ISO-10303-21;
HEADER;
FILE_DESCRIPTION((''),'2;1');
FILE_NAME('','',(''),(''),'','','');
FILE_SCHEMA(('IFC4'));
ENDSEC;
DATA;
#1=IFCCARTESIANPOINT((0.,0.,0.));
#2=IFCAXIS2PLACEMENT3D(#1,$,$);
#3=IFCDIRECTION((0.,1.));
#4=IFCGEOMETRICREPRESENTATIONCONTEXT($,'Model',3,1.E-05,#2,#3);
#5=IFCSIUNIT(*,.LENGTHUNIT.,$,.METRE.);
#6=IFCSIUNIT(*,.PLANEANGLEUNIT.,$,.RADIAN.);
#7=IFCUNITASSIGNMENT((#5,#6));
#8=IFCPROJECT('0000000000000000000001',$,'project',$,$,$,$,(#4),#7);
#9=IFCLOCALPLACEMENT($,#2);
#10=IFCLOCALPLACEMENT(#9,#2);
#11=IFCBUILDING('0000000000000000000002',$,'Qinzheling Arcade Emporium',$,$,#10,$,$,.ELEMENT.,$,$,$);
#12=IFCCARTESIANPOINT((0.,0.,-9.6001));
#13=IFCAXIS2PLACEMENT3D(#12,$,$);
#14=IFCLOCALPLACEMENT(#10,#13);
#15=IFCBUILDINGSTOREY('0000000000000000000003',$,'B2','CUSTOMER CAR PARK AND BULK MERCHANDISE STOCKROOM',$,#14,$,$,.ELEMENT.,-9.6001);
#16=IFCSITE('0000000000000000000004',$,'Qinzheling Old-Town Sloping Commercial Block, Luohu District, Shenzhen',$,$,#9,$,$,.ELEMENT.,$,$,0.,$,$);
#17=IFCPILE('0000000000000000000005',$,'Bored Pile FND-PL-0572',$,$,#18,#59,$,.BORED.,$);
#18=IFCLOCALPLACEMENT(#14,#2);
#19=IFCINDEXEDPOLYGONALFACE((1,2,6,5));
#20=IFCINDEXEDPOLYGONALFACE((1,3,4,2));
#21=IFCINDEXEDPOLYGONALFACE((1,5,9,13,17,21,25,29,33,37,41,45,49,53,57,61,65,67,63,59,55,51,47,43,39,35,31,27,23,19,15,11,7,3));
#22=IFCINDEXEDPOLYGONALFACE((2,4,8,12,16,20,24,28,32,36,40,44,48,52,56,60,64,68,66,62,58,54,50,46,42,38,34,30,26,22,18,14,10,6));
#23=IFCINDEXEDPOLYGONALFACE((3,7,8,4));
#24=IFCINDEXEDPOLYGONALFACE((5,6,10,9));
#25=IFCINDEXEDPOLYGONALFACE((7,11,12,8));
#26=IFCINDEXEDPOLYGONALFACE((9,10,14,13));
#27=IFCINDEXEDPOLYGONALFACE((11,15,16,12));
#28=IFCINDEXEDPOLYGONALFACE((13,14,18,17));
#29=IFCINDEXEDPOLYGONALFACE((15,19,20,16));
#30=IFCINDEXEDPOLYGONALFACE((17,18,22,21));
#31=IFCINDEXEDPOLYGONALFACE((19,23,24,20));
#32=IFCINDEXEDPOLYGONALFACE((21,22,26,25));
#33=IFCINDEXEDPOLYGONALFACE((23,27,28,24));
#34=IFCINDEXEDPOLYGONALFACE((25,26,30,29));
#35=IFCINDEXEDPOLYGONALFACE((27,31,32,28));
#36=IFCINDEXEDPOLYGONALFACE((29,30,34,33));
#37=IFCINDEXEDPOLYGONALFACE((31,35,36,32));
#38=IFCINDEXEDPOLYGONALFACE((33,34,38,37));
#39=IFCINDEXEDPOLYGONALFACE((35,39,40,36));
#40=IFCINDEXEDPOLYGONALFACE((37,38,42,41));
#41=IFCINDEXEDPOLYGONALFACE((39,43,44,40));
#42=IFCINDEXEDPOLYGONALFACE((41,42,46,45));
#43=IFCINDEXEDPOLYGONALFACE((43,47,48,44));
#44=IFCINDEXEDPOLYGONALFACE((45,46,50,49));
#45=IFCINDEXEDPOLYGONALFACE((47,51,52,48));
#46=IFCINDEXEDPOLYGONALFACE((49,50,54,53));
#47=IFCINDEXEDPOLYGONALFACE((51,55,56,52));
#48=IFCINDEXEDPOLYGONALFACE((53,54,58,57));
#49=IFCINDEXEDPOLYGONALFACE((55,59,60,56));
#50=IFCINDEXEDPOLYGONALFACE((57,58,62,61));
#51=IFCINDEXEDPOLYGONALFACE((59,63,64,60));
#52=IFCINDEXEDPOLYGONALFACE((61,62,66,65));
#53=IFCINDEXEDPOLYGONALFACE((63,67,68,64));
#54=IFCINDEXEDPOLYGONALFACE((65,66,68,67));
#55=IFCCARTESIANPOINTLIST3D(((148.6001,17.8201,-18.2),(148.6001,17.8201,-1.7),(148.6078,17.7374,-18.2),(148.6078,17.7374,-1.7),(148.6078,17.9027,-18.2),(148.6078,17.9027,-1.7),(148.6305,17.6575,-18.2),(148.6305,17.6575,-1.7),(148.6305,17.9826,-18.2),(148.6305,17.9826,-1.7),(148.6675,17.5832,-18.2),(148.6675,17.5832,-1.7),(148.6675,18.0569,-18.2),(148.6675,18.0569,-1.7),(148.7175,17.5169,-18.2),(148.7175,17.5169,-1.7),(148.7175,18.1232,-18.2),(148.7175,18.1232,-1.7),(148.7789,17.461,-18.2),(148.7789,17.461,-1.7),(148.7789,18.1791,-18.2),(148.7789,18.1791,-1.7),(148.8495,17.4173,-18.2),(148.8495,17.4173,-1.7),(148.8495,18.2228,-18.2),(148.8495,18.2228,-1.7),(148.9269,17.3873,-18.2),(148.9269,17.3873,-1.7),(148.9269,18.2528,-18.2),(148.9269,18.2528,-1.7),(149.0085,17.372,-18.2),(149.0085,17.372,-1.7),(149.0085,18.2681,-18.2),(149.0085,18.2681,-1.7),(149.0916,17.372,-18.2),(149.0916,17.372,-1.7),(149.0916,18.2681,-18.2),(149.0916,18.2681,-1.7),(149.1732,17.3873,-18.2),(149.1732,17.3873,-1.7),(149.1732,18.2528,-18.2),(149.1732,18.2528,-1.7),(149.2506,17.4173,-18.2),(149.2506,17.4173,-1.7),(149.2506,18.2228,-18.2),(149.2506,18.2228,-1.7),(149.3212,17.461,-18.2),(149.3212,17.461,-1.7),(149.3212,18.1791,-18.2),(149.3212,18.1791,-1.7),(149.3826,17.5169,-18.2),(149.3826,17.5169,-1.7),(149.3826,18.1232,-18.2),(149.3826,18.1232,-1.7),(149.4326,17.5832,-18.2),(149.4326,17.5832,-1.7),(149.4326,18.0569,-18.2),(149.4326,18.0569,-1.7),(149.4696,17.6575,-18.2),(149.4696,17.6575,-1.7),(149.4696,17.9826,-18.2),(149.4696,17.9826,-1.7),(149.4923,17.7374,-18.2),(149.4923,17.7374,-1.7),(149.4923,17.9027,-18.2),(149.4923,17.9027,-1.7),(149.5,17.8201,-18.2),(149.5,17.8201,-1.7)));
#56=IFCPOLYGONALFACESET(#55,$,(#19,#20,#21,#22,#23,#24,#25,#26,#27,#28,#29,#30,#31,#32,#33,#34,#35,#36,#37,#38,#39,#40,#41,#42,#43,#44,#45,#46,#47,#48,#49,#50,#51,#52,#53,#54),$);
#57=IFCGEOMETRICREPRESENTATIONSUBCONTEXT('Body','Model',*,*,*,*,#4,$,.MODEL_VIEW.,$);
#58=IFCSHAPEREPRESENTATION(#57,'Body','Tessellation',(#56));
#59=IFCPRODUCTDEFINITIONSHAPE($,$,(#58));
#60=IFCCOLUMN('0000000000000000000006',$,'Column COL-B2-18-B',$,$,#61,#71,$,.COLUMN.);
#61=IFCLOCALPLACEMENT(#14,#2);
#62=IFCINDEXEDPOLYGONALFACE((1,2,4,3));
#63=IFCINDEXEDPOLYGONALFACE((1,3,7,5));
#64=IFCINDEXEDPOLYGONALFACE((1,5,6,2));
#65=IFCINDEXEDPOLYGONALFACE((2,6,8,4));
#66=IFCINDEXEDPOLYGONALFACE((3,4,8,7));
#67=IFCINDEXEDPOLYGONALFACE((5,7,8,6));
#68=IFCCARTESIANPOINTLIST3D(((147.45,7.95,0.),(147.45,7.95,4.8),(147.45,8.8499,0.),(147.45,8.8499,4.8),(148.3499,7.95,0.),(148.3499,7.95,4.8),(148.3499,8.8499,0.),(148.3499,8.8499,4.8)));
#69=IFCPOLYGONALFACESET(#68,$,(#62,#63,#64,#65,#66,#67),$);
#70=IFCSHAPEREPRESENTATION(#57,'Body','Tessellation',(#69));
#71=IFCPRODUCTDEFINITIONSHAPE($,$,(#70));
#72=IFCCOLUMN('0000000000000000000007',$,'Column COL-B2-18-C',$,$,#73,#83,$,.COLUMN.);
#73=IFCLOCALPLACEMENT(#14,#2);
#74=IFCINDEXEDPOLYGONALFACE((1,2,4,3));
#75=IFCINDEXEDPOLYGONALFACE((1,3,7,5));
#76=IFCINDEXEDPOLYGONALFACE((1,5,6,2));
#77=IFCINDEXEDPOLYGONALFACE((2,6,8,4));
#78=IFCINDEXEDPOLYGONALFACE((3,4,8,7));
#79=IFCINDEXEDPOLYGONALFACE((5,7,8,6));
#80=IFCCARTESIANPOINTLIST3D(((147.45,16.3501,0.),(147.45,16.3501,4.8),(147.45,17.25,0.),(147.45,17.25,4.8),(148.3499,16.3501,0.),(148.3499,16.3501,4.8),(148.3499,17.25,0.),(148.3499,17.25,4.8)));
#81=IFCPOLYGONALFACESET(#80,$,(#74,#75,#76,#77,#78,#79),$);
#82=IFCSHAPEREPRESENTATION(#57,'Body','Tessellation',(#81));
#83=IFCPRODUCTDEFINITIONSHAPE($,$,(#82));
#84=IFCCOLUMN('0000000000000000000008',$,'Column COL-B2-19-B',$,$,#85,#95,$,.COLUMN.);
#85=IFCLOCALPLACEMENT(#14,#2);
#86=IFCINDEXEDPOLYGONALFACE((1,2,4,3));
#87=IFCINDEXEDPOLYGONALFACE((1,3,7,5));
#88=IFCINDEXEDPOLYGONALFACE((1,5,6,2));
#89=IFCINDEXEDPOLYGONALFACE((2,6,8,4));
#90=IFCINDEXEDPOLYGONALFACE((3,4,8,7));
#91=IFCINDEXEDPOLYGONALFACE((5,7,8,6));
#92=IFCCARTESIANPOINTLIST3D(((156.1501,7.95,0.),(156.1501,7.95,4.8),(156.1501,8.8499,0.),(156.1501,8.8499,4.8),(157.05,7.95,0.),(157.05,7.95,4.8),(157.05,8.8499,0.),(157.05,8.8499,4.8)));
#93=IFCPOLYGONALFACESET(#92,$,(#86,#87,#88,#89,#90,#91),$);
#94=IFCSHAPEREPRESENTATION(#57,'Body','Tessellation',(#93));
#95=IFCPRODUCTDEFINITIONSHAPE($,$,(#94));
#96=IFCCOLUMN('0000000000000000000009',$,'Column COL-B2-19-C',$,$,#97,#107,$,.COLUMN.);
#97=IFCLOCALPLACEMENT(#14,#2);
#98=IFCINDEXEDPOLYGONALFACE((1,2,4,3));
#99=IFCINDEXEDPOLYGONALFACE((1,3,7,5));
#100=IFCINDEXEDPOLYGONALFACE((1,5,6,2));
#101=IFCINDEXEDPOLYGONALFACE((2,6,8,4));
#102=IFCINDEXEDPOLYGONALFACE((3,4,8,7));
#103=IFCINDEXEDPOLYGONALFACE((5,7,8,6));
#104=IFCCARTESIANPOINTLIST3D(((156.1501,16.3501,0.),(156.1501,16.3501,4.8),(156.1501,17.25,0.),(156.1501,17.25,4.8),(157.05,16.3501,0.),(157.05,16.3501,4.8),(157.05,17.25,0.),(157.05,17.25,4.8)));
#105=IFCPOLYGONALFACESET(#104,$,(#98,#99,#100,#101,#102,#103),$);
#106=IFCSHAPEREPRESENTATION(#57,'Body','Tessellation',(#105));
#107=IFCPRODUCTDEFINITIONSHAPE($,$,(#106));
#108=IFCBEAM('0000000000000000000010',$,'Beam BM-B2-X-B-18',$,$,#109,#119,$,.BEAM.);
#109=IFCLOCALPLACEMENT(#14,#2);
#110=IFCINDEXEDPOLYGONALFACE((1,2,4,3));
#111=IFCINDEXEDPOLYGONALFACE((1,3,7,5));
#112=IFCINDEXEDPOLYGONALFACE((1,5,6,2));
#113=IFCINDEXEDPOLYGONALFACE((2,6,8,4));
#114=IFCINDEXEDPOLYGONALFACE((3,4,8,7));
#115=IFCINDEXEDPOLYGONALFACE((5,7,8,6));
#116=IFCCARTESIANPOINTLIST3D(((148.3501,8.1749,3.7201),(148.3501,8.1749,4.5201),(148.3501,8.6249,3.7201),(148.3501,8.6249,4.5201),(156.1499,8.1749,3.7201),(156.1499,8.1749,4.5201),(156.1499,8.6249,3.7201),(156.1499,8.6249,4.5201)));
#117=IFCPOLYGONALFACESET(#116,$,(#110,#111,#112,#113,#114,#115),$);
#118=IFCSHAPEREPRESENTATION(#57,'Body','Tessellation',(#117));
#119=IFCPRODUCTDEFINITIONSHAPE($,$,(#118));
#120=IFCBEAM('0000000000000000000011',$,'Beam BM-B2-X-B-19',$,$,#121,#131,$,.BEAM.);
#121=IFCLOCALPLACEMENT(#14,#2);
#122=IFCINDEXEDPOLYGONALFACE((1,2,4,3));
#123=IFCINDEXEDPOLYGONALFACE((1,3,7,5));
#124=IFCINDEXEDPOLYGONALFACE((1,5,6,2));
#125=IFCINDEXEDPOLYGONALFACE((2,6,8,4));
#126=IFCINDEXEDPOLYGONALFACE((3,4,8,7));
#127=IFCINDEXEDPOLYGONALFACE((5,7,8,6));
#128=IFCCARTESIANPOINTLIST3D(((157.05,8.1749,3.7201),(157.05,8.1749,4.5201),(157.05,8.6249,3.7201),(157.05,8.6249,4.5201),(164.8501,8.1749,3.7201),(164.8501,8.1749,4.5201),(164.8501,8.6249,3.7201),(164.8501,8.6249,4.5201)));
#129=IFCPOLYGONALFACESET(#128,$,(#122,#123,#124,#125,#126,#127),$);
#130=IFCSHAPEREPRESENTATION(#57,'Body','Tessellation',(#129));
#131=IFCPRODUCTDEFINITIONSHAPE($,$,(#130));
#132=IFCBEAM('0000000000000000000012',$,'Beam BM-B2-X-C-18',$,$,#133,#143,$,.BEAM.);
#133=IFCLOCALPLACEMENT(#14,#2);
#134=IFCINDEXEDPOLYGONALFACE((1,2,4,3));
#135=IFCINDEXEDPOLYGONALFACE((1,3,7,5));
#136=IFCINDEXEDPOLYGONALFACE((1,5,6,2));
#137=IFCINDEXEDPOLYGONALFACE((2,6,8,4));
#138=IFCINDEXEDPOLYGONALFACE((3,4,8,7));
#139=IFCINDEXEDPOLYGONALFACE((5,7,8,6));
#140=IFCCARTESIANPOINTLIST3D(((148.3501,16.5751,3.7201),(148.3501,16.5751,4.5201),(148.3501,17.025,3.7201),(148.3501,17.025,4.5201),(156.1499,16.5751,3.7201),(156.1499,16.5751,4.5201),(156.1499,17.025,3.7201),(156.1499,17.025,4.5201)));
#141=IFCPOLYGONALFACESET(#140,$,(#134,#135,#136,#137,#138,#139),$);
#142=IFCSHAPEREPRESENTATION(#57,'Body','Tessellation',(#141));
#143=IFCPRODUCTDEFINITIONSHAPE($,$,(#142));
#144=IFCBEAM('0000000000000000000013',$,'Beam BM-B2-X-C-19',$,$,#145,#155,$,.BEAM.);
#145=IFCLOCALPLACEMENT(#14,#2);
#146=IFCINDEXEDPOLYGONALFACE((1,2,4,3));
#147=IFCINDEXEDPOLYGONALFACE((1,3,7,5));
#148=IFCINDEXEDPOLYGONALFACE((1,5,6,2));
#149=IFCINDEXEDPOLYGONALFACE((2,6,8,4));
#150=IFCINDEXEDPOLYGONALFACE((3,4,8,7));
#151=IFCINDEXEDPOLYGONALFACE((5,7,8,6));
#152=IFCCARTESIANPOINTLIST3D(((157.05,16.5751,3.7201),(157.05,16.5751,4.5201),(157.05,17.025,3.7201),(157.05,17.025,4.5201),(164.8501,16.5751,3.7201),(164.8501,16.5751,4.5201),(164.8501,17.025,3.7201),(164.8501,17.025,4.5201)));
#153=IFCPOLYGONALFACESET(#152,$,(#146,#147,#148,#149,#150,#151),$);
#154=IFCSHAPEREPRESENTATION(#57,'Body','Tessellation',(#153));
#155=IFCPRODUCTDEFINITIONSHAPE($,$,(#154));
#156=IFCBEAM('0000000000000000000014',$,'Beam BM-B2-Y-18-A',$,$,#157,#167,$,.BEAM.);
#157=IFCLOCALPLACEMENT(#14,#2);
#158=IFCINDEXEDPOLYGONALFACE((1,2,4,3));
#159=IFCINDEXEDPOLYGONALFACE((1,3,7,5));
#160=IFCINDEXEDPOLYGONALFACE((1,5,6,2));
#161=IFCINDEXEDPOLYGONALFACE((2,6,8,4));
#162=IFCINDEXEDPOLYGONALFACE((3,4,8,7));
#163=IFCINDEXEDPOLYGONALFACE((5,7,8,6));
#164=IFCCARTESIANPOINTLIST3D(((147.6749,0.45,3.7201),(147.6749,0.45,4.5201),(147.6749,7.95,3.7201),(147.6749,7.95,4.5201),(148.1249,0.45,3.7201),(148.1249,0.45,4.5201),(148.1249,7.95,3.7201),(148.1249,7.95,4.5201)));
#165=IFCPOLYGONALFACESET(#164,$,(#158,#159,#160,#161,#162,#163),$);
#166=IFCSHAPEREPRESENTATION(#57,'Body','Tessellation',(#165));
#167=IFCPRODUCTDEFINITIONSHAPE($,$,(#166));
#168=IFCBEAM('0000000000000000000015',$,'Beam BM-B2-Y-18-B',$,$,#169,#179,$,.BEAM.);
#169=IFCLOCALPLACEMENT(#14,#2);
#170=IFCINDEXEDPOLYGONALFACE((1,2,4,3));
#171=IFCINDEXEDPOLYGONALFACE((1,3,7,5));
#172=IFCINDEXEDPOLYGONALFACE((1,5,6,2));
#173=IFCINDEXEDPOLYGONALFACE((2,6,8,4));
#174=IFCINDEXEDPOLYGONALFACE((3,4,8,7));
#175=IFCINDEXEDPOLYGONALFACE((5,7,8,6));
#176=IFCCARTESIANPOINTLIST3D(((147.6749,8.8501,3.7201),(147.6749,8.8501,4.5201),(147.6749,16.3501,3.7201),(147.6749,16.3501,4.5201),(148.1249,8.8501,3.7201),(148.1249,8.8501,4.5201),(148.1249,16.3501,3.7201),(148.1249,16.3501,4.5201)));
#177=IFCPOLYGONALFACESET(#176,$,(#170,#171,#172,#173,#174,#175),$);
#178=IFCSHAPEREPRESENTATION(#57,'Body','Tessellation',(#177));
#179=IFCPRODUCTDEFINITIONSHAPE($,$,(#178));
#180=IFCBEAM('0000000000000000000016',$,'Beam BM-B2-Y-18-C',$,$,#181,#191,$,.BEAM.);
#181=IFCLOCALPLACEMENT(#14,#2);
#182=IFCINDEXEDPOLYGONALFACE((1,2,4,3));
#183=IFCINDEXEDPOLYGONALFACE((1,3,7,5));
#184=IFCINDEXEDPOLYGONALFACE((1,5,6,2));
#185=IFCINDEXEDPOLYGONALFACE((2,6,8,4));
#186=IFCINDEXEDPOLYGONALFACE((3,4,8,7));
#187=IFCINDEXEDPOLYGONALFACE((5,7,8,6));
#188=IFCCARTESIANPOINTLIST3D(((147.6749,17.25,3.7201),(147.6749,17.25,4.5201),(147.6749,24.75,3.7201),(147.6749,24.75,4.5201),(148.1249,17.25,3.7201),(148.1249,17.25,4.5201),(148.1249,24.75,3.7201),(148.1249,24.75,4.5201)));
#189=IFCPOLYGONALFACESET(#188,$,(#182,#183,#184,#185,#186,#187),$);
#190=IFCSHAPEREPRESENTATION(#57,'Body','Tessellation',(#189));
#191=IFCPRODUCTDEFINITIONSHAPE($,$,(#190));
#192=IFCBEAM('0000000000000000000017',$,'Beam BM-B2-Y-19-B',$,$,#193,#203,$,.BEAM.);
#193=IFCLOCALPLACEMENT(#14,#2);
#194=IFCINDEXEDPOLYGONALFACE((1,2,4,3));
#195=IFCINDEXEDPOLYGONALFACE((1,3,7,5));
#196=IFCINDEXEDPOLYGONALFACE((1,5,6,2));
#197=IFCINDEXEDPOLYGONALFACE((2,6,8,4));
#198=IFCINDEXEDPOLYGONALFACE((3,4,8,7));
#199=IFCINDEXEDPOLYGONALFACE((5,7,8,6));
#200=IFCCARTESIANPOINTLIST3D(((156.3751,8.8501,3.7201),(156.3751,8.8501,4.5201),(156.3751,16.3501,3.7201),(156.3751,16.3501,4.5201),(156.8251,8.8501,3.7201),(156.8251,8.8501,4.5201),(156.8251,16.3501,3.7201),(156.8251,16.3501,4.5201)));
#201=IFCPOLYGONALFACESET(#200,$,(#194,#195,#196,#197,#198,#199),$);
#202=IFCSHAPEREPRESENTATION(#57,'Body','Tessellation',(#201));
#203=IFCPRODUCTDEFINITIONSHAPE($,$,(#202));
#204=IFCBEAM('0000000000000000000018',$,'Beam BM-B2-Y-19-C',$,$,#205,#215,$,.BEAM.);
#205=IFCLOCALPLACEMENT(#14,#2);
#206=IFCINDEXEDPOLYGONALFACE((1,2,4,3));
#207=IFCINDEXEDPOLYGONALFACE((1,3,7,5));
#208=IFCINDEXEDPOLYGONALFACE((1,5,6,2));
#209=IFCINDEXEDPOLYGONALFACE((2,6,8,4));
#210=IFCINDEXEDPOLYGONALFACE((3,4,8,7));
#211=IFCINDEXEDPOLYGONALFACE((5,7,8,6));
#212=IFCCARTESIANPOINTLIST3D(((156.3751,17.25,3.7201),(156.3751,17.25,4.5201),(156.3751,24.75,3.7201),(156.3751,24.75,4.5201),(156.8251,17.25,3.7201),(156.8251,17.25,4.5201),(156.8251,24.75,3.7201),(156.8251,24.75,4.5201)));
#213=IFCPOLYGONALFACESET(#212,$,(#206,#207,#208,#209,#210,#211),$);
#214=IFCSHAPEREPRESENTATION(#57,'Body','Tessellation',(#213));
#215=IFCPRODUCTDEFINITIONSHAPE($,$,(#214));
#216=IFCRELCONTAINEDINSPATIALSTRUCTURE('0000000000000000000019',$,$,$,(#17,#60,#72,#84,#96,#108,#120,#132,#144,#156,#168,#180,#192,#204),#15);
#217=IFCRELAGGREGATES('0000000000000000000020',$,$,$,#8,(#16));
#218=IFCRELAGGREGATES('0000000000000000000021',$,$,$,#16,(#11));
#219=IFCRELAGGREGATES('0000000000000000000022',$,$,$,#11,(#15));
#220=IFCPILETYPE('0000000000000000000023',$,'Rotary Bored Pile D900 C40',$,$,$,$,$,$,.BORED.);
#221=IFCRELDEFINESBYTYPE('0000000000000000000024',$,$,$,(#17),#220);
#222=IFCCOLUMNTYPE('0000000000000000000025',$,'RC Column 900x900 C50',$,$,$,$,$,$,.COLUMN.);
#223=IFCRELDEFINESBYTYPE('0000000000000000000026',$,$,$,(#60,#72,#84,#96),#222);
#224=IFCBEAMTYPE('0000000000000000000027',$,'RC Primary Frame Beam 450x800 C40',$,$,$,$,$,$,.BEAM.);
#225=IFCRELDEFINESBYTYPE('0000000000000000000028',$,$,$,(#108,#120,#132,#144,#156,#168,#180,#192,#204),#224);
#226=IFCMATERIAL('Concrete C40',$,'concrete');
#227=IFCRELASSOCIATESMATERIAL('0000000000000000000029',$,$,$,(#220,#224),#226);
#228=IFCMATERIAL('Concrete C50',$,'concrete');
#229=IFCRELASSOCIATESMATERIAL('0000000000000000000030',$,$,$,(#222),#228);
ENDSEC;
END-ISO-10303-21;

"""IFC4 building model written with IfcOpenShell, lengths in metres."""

from ifc_helpers import new_model, si_unit, direction, frame, origin, origin_2d, place, context, subcontext, project, spatial, rectangle, circle, extrude, material, material_profile, profile_set, type_object, element, save


model = new_model("IFC4")

# Units and contexts
model_context = context("Model", 3, precision=1e-05, world=origin(), true_north=direction((0.0, 1.0)))
body_context = subcontext(model_context, "Body", "Model", "MODEL_VIEW")
ifc_project = project(units=[si_unit("LENGTHUNIT", "METRE"), si_unit("PLANEANGLEUNIT", "RADIAN")], contexts=[model_context])

# Site, building, storey
site_placement = place(None, origin())
site = spatial("IfcSite", under=ifc_project, at=site_placement, Name="Qinzheling Old-Town Sloping Commercial Block, Luohu District, Shenzhen", CompositionType="ELEMENT", RefElevation=0.0)
building_placement = place(site_placement, origin())
building = spatial("IfcBuilding", under=site, at=building_placement, Name="Qinzheling Arcade Emporium", CompositionType="ELEMENT")
storey_placement = place(building_placement, frame((0.0, 0.0, -9.6001)))
storey = spatial("IfcBuildingStorey", under=building, at=storey_placement, Name="B2", Description="CUSTOMER CAR PARK AND BULK MERCHANDISE STOCKROOM", CompositionType="ELEMENT", Elevation=-9.6001)

# Shared definitions
ifc_material_1 = material(Name="Concrete C40", Category="concrete")

# Pile
ifc_material_profile_1 = material_profile(ifc_material_1, circle(Radius=0.45, at=origin_2d()), Name="BORED D900", Category="concrete")
ifc_profile_set_1 = profile_set([ifc_material_profile_1], Name="Concrete C40")
pile_type = type_object("IfcPileType", Name="Rotary Bored Pile D900 C40", PredefinedType="BORED", material=ifc_profile_set_1)
for number, where, z_axis, x_axis, name in (
    (1, (149.05, 17.8201, -1.7), (0.0, 0.0, -1.0), (1.0, 0.0, 0.0), "Bored Pile FND-PL-0572"),
):
    element("IfcPile", number, at=place(storey_placement, frame(where, z_axis=z_axis, x_axis=x_axis)), inside=storey, type_object=pile_type, Name=name, PredefinedType="BORED", context=body_context, shape_type="SweptSolid", body=[
        extrude(circle(Radius=0.45, at=origin_2d()), origin(), (0.0, 0.0, 1.0), 16.5),
    ])

# Columns
ifc_material_2 = material(Name="Concrete C50", Category="concrete")
ifc_material_profile_2 = material_profile(ifc_material_2, rectangle(XDim=0.8999, YDim=0.8999, at=origin_2d()), Name="RC 900x900", Category="concrete")
ifc_profile_set_2 = profile_set([ifc_material_profile_2], Name="Concrete C50")
column_type = type_object("IfcColumnType", Name="RC Column 900x900 C50", PredefinedType="COLUMN", material=ifc_profile_set_2)
for number, where, z_axis, x_axis, name in (
    (2, (147.8999, 8.3999, 0.0), (0.0, 0.0, 1.0), (1.0, 0.0, 0.0), "Column COL-B2-18-B"),
    (3, (147.8999, 16.8, 0.0), (0.0, 0.0, 1.0), (1.0, 0.0, 0.0), "Column COL-B2-18-C"),
    (4, (156.6001, 8.3999, 0.0), (0.0, 0.0, 1.0), (1.0, 0.0, 0.0), "Column COL-B2-19-B"),
    (5, (156.6001, 16.8, 0.0), (0.0, 0.0, 1.0), (1.0, 0.0, 0.0), "Column COL-B2-19-C"),
):
    element("IfcColumn", number, at=place(storey_placement, frame(where, z_axis=z_axis, x_axis=x_axis)), inside=storey, type_object=column_type, Name=name, PredefinedType="COLUMN", context=body_context, shape_type="SweptSolid", body=[
        extrude(rectangle(XDim=0.8999, YDim=0.8999, at=origin_2d()), origin(), (0.0, 0.0, 1.0), 4.8),
    ])

# Beams
ifc_material_profile_3 = material_profile(ifc_material_1, rectangle(XDim=0.45, YDim=0.8, at=origin_2d()), Name="RC 450x800", Category="concrete")
ifc_profile_set_3 = profile_set([ifc_material_profile_3], Name="Concrete C40")
beam_type_1 = type_object("IfcBeamType", Name="RC Primary Frame Beam 450x800 C40", PredefinedType="BEAM", material=ifc_profile_set_3)
beam_1_placement = place(storey_placement, frame((148.3501, 8.3999, 4.1201), z_axis=(1.0, 0.0, 0.0), x_axis=(0.0, 1.0, 0.0)))
element("IfcBeam", 6, at=beam_1_placement, inside=storey, type_object=beam_type_1, Name="Beam BM-B2-X-B-18", PredefinedType="BEAM", context=body_context, shape_type="SweptSolid", body=[
    extrude(rectangle(XDim=0.45, YDim=0.8, at=origin_2d()), origin(), (0.0, 0.0, 1.0), 7.7998),
])
beam_2_placement = place(storey_placement, frame((157.05, 8.3999, 4.1201), z_axis=(1.0, 0.0, 0.0), x_axis=(0.0, 1.0, 0.0)))
element("IfcBeam", 7, at=beam_2_placement, inside=storey, type_object=beam_type_1, Name="Beam BM-B2-X-B-19", PredefinedType="BEAM", context=body_context, shape_type="SweptSolid", body=[
    extrude(rectangle(XDim=0.45, YDim=0.8, at=origin_2d()), origin(), (0.0, 0.0, 1.0), 7.8),
])
beam_3_placement = place(storey_placement, frame((148.3501, 16.8, 4.1201), z_axis=(1.0, 0.0, 0.0), x_axis=(0.0, 1.0, 0.0)))
element("IfcBeam", 8, at=beam_3_placement, inside=storey, type_object=beam_type_1, Name="Beam BM-B2-X-C-18", PredefinedType="BEAM", context=body_context, shape_type="SweptSolid", body=[
    extrude(rectangle(XDim=0.45, YDim=0.8, at=origin_2d()), origin(), (0.0, 0.0, 1.0), 7.7998),
])
beam_4_placement = place(storey_placement, frame((157.05, 16.8, 4.1201), z_axis=(1.0, 0.0, 0.0), x_axis=(0.0, 1.0, 0.0)))
element("IfcBeam", 9, at=beam_4_placement, inside=storey, type_object=beam_type_1, Name="Beam BM-B2-X-C-19", PredefinedType="BEAM", context=body_context, shape_type="SweptSolid", body=[
    extrude(rectangle(XDim=0.45, YDim=0.8, at=origin_2d()), origin(), (0.0, 0.0, 1.0), 7.8),
])
for number, where, z_axis, x_axis, name in (
    (10, (147.8999, 0.45, 4.1201), (0.0, 1.0, 0.0), (-1.0, 0.0, 0.0), "Beam BM-B2-Y-18-A"),
    (11, (147.8999, 8.8501, 4.1201), (0.0, 1.0, 0.0), (-1.0, 0.0, 0.0), "Beam BM-B2-Y-18-B"),
    (12, (147.8999, 17.25, 4.1201), (0.0, 1.0, 0.0), (-1.0, 0.0, 0.0), "Beam BM-B2-Y-18-C"),
    (13, (156.6001, 8.8501, 4.1201), (0.0, 1.0, 0.0), (-1.0, 0.0, 0.0), "Beam BM-B2-Y-19-B"),
    (14, (156.6001, 17.25, 4.1201), (0.0, 1.0, 0.0), (-1.0, 0.0, 0.0), "Beam BM-B2-Y-19-C"),
):
    element("IfcBeam", number, at=place(storey_placement, frame(where, z_axis=z_axis, x_axis=x_axis)), inside=storey, type_object=beam_type_1, Name=name, PredefinedType="BEAM", context=body_context, shape_type="SweptSolid", body=[
        extrude(rectangle(XDim=0.45, YDim=0.8, at=origin_2d()), origin(), (0.0, 0.0, 1.0), 7.5),
    ])

save(model, "model.ifc")
